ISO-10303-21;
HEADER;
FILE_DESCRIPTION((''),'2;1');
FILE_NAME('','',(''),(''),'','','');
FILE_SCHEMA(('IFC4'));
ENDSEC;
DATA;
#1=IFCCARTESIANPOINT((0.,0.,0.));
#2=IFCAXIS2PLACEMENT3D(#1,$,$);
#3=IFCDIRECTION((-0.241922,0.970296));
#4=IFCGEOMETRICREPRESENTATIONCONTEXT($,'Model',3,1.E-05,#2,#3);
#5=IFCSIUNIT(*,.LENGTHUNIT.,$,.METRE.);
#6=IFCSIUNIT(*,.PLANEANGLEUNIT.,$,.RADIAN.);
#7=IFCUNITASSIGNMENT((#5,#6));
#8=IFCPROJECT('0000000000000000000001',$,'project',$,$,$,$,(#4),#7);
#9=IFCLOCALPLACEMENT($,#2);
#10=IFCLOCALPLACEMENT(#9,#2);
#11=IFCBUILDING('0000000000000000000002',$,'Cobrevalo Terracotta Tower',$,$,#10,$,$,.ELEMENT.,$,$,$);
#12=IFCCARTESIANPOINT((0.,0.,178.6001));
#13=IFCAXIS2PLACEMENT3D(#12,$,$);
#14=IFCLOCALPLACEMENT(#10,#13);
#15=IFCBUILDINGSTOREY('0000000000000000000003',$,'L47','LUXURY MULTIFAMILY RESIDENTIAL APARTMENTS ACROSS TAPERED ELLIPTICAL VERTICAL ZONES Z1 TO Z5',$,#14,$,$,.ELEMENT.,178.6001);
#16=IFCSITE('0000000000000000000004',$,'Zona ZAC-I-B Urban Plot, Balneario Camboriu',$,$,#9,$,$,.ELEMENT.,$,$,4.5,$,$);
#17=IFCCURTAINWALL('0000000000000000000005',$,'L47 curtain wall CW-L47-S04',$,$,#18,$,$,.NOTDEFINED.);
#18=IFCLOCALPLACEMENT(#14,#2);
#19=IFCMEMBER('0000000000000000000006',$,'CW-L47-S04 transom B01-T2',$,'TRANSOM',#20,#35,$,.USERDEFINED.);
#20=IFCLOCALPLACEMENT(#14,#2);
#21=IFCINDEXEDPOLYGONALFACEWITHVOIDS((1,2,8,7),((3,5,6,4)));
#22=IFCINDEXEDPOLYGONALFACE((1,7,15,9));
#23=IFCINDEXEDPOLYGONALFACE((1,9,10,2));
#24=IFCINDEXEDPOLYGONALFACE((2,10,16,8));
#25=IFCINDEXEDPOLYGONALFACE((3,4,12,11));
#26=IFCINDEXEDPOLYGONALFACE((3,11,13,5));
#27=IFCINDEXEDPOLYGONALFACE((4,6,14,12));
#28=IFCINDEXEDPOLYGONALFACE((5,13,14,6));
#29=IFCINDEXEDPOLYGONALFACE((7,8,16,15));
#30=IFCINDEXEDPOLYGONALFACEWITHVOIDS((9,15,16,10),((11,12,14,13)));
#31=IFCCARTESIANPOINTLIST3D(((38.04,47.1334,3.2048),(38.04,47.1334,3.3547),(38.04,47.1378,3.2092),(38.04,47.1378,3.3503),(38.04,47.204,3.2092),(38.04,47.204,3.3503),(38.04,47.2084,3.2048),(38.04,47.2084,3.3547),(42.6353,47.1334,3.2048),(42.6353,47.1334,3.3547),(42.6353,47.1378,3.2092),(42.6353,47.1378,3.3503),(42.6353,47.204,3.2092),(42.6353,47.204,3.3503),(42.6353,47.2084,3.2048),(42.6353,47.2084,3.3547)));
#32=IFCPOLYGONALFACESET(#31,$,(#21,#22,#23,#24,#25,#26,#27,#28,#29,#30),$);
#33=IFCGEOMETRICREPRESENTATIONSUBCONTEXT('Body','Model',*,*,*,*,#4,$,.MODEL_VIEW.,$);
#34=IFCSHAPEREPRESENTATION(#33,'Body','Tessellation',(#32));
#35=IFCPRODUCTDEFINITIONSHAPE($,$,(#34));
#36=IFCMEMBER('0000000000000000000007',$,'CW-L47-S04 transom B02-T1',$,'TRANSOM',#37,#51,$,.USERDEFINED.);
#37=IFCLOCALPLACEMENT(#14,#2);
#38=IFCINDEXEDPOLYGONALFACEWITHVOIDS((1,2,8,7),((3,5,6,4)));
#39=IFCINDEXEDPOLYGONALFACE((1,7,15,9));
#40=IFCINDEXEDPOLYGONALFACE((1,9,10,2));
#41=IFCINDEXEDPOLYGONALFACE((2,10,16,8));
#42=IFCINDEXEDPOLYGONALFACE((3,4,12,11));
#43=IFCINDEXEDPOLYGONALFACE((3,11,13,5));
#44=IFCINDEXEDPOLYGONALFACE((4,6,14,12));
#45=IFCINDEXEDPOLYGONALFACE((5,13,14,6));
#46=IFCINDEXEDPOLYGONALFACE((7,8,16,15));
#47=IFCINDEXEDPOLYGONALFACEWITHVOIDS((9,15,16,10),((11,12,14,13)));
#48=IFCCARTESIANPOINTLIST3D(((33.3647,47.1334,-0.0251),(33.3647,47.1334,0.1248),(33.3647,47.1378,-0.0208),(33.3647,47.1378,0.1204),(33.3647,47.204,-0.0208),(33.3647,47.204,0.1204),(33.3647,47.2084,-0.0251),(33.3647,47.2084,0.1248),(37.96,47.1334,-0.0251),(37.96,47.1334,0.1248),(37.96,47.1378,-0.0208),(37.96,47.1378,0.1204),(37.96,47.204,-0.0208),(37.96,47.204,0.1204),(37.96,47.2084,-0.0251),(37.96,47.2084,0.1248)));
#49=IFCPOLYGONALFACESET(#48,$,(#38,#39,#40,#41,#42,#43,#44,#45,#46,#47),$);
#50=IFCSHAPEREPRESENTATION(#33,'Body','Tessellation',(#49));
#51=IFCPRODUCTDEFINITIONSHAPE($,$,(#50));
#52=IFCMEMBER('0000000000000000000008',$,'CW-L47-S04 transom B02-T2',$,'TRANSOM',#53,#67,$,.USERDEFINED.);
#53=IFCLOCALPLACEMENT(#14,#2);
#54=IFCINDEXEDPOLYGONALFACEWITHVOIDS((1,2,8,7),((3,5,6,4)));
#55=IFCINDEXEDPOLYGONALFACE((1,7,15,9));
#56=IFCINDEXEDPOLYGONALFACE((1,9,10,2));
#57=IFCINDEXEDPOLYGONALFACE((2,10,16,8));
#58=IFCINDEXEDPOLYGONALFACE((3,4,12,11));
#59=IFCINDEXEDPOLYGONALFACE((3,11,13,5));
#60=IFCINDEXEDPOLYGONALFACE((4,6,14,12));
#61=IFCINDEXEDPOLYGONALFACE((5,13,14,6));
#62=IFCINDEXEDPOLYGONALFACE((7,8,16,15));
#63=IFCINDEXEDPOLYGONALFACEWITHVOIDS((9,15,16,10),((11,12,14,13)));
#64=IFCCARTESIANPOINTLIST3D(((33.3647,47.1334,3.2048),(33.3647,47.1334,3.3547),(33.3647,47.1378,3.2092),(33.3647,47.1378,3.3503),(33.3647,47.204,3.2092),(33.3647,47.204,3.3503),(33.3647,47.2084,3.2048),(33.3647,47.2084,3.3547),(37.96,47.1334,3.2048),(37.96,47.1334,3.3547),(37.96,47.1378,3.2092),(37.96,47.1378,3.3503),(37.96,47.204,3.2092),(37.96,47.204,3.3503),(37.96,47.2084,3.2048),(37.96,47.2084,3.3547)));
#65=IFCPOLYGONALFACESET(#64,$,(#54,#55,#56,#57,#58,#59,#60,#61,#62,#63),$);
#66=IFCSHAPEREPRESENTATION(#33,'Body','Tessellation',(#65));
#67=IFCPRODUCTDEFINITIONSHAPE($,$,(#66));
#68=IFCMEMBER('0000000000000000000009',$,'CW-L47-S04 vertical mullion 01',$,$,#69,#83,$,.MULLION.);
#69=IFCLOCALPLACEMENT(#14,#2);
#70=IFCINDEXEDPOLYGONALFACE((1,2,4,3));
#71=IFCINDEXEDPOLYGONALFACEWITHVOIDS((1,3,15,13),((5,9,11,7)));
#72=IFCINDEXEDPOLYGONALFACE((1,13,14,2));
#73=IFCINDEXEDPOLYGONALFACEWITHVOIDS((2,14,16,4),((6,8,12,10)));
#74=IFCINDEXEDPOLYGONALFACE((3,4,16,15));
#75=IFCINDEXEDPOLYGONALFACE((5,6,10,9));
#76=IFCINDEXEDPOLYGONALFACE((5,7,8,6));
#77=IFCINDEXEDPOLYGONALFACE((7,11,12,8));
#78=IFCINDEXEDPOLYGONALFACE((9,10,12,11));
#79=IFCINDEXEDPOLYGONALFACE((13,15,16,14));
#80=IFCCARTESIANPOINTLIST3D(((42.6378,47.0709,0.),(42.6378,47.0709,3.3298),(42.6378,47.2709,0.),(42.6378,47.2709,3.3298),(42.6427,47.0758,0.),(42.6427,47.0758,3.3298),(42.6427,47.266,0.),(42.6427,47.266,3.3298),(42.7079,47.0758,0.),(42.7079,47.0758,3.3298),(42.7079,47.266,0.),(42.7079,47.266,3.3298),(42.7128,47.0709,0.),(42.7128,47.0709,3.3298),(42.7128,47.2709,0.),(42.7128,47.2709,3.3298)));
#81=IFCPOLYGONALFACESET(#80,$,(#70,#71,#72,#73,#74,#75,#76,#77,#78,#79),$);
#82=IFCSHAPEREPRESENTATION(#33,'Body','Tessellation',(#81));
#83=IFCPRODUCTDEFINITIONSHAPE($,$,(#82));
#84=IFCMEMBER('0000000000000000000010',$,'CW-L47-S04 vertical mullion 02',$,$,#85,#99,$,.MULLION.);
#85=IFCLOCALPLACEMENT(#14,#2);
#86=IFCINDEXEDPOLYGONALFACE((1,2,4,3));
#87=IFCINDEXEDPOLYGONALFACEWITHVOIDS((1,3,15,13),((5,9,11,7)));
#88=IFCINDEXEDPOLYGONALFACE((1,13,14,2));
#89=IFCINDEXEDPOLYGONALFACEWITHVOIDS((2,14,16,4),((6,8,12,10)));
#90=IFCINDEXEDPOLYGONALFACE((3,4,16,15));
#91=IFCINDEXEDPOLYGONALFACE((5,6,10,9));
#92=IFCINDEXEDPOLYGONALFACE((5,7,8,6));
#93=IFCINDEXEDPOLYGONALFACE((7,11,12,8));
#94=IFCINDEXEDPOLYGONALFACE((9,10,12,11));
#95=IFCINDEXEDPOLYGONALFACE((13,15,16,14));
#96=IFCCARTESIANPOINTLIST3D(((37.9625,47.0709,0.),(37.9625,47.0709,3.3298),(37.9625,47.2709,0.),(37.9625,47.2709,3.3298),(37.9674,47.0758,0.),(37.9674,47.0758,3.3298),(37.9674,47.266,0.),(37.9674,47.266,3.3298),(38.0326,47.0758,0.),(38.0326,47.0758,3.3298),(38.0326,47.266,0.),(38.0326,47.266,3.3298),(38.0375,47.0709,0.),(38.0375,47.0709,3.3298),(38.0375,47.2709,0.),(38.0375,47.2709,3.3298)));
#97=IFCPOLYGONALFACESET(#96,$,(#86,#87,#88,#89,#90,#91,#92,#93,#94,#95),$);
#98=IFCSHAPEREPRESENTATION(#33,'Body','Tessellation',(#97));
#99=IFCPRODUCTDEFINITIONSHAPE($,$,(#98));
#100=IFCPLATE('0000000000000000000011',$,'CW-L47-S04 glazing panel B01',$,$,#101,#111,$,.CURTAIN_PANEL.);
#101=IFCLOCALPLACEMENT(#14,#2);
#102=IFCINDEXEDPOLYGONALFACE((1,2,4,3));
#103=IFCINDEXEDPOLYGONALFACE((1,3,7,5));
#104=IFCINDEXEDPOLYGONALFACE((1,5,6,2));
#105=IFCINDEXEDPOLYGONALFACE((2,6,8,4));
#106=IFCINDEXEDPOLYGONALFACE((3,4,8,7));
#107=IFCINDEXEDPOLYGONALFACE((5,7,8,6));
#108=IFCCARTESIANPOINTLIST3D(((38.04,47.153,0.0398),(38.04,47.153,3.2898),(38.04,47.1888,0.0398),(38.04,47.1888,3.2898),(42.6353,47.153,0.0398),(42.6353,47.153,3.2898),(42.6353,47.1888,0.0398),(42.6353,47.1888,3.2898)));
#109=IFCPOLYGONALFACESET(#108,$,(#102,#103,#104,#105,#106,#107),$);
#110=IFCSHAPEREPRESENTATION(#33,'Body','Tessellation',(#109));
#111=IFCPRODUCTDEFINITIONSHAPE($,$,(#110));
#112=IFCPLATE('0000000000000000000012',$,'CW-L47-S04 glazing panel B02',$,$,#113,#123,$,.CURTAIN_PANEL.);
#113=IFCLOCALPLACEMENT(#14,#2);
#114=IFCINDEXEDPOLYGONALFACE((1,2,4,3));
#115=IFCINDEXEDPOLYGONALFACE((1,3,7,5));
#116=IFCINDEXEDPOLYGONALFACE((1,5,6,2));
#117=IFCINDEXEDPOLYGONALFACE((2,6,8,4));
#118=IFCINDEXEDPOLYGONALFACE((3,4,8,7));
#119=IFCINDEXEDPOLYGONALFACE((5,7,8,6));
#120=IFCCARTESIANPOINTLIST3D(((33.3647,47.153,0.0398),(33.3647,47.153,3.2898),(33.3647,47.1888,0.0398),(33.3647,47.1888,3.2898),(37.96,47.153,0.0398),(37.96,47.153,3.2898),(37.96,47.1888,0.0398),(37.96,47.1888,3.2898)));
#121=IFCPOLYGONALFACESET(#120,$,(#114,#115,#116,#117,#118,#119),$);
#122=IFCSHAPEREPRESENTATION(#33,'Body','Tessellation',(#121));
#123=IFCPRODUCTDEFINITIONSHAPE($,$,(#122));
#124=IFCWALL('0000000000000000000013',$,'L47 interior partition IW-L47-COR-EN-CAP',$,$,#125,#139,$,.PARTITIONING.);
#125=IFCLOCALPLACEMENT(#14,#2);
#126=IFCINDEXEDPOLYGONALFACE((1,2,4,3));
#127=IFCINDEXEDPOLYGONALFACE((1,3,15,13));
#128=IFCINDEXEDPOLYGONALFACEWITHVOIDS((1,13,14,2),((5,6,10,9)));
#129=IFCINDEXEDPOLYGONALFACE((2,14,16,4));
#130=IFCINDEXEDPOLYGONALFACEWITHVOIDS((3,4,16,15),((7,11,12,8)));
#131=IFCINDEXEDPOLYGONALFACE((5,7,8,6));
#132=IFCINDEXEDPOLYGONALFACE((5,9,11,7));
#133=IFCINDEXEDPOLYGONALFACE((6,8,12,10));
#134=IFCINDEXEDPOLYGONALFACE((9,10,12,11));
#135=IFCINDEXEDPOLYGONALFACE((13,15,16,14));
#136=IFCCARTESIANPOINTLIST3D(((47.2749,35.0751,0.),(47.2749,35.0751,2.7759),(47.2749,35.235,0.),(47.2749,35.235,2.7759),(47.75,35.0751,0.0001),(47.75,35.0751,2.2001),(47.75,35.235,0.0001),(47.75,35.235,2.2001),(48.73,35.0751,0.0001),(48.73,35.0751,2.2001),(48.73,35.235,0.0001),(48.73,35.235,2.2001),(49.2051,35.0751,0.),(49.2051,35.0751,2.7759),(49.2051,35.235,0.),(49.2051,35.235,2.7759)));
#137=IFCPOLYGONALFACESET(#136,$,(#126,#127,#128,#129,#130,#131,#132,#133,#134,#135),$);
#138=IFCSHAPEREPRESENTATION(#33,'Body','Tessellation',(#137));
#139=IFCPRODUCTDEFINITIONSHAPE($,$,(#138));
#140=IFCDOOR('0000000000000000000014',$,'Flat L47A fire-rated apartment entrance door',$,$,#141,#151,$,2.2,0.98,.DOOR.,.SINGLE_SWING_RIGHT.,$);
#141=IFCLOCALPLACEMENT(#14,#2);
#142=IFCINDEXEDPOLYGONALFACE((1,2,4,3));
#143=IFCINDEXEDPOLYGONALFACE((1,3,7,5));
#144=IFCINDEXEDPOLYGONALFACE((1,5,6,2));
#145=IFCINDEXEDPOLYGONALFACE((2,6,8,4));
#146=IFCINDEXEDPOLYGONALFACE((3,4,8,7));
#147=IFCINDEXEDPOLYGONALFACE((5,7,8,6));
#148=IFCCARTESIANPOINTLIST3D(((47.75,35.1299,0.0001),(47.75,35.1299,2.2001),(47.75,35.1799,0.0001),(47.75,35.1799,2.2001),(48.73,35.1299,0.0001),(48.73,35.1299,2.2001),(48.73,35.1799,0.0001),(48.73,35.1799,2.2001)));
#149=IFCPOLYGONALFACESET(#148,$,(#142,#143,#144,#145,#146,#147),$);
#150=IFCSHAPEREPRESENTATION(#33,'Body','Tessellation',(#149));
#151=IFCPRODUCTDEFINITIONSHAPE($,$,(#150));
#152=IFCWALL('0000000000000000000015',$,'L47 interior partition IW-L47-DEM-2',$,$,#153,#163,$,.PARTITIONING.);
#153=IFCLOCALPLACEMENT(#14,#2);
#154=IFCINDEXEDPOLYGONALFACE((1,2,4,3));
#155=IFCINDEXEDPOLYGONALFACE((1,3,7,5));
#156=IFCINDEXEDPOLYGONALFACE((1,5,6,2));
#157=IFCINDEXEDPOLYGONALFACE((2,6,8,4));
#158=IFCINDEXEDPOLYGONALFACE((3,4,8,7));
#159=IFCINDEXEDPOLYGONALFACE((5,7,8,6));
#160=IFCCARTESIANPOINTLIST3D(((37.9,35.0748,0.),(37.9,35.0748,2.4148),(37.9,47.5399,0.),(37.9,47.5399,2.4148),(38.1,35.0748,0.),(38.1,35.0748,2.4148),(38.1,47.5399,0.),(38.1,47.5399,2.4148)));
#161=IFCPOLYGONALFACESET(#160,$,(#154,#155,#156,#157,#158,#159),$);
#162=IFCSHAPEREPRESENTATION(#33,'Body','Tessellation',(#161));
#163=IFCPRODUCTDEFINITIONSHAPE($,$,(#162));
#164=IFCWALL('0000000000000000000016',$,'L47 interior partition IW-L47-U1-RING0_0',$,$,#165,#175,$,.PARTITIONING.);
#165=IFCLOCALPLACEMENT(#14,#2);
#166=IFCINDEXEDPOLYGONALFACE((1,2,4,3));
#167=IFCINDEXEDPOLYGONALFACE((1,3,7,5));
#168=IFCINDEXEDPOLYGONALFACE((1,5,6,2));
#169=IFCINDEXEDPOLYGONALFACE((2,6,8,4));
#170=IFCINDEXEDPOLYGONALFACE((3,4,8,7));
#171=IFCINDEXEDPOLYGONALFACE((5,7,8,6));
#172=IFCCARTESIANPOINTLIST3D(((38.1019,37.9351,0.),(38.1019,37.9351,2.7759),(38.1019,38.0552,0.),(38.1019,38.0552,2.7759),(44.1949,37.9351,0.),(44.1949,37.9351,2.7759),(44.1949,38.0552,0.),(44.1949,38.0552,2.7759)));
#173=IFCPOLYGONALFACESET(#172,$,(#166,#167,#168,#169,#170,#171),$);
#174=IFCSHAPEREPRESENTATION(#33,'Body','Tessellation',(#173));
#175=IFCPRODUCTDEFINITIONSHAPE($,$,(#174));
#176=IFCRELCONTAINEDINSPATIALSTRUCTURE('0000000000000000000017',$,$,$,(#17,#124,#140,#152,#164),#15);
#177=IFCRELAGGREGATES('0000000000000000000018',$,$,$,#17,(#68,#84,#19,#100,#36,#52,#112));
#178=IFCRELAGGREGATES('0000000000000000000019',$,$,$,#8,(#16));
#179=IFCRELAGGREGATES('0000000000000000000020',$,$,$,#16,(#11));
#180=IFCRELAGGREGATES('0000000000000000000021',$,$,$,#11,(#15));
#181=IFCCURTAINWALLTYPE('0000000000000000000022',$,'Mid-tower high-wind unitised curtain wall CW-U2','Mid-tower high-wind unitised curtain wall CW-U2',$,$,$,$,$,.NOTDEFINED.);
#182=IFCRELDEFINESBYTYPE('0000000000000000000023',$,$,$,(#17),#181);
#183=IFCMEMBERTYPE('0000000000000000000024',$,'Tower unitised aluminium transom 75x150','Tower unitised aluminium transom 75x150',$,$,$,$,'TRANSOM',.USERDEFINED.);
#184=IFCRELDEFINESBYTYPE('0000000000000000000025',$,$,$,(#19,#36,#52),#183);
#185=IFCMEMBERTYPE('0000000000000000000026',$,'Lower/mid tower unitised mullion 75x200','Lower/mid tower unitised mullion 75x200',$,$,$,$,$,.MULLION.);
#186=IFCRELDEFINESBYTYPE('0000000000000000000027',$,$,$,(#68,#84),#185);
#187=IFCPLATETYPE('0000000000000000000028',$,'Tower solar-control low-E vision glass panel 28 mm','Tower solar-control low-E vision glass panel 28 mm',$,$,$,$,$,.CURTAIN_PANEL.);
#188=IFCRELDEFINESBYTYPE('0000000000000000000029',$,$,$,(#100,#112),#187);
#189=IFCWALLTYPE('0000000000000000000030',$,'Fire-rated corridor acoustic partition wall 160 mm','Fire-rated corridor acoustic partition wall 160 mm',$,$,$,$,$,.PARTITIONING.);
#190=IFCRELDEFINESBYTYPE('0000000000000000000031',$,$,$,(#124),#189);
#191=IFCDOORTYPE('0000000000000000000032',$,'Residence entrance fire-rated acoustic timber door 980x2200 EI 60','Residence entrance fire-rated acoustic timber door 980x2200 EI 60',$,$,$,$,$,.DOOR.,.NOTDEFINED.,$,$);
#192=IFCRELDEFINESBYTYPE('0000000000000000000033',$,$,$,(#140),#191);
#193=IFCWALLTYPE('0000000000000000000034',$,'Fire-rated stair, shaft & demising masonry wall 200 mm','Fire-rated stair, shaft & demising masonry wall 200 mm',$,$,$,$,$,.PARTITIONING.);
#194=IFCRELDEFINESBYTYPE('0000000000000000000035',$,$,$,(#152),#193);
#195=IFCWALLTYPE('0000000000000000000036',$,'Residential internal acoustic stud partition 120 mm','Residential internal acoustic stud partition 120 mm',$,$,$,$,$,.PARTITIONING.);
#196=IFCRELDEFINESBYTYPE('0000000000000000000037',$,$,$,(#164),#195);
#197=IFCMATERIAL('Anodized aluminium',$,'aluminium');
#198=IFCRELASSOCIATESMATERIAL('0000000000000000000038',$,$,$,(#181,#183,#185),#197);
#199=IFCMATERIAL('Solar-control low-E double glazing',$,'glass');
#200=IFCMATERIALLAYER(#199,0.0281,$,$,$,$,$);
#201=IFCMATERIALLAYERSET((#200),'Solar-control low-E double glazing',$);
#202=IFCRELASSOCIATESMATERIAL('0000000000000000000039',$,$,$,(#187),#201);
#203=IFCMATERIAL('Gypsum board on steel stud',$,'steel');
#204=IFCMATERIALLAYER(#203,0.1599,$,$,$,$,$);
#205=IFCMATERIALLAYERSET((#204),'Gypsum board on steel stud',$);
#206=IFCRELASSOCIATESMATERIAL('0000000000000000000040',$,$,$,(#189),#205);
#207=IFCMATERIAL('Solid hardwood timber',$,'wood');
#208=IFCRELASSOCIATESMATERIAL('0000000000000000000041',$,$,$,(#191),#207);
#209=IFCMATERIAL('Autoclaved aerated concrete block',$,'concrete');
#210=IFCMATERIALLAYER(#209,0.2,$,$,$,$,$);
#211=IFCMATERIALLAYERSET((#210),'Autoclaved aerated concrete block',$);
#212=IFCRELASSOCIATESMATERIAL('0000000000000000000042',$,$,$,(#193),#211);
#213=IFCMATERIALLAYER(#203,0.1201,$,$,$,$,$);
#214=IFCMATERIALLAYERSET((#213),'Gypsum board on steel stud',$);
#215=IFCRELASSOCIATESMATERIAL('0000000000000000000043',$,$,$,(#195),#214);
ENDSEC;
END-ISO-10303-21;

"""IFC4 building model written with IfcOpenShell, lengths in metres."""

from ifc_helpers import new_model, si_unit, direction, frame, frame_2d, origin, origin_2d, place, context, subcontext, project, spatial, rectangle, hollow_rectangle, extrude, source, transform, mapped, material, layer, layer_set, material_profile, profile_set, type_object, element, fill, aggregate, save


model = new_model("IFC4")

# Units and contexts
model_context = context("Model", 3, precision=1e-05, world=origin(), true_north=direction((-0.241922, 0.970296)))
body_context = subcontext(model_context, "Body", "Model", "MODEL_VIEW")
ifc_project = project(units=[si_unit("LENGTHUNIT", "METRE"), si_unit("PLANEANGLEUNIT", "RADIAN")], contexts=[model_context])

# Site, building, storey
site_placement = place(None, origin())
site = spatial("IfcSite", under=ifc_project, at=site_placement, Name="Zona ZAC-I-B Urban Plot, Balneario Camboriu", CompositionType="ELEMENT", RefElevation=4.5)
building_placement = place(site_placement, origin())
building = spatial("IfcBuilding", under=site, at=building_placement, Name="Cobrevalo Terracotta Tower", CompositionType="ELEMENT")
storey_placement = place(building_placement, frame((0.0, 0.0, 178.6001)))
storey = spatial("IfcBuildingStorey", under=building, at=storey_placement, Name="L47", Description="LUXURY MULTIFAMILY RESIDENTIAL APARTMENTS ACROSS TAPERED ELLIPTICAL VERTICAL ZONES Z1 TO Z5", CompositionType="ELEMENT", Elevation=178.6001)

# Curtain wall, members, plates
ifc_material_1 = material(Name="Anodized aluminium", Category="aluminium")
curtain_wall_type = type_object("IfcCurtainWallType", Name="Mid-tower high-wind unitised curtain wall CW-U2", Description="Mid-tower high-wind unitised curtain wall CW-U2", PredefinedType="NOTDEFINED", material=ifc_material_1)
curtain_wall_placement = place(storey_placement, origin())
curtain_wall = element("IfcCurtainWall", 1, at=curtain_wall_placement, inside=storey, type_object=curtain_wall_type, Name="L47 curtain wall CW-L47-S04", PredefinedType="NOTDEFINED")
ifc_material_profile_1 = material_profile(ifc_material_1, hollow_rectangle(XDim=0.075, YDim=0.1499, WallThickness=0.0044, at=origin_2d()), Name="CWT 75x150")
ifc_profile_set_1 = profile_set([ifc_material_profile_1], Name="Anodized aluminium")
member_type_1 = type_object("IfcMemberType", Name="Tower unitised aluminium transom 75x150", Description="Tower unitised aluminium transom 75x150", ElementType="TRANSOM", PredefinedType="USERDEFINED", material=ifc_profile_set_1)
shared_shape_1 = source(origin(), body_context, "Body", "SweptSolid", [
    extrude(hollow_rectangle(XDim=0.075, YDim=0.1499, WallThickness=0.0044, at=origin_2d()), origin(), (0.0, 0.0, 1.0), 4.5952),
])
member_1_placement = place(storey_placement, frame((42.6353, 47.1709, 3.2798), z_axis=(-1.0, 0.0, 0.0), x_axis=(0.0, -1.0, 0.0)))
member_1 = element("IfcMember", 2, at=member_1_placement, type_object=member_type_1, Name="CW-L47-S04 transom B01-T2", ObjectType="TRANSOM", PredefinedType="USERDEFINED", context=body_context, shape_type="MappedRepresentation", body=[
    mapped(shared_shape_1, transform((0.0, 0.0, 0.0), scale=1.0)),
])
member_2_placement = place(storey_placement, frame((37.96, 47.1709, 0.0498), z_axis=(-1.0, 0.0, 0.0), x_axis=(0.0, -1.0, 0.0)))
member_2 = element("IfcMember", 3, at=member_2_placement, type_object=member_type_1, Name="CW-L47-S04 transom B02-T1", ObjectType="TRANSOM", PredefinedType="USERDEFINED", context=body_context, shape_type="MappedRepresentation", body=[
    mapped(shared_shape_1, transform((0.0, 0.0, 0.0), scale=1.0)),
])
member_3_placement = place(storey_placement, frame((37.96, 47.1709, 3.2798), z_axis=(-1.0, 0.0, 0.0), x_axis=(0.0, -1.0, 0.0)))
member_3 = element("IfcMember", 4, at=member_3_placement, type_object=member_type_1, Name="CW-L47-S04 transom B02-T2", ObjectType="TRANSOM", PredefinedType="USERDEFINED", context=body_context, shape_type="MappedRepresentation", body=[
    mapped(shared_shape_1, transform((0.0, 0.0, 0.0), scale=1.0)),
])
ifc_material_profile_2 = material_profile(ifc_material_1, hollow_rectangle(XDim=0.075, YDim=0.2, WallThickness=0.0049, at=origin_2d()), Name="CWM 75x200")
ifc_profile_set_2 = profile_set([ifc_material_profile_2], Name="Anodized aluminium")
member_type_2 = type_object("IfcMemberType", Name="Lower/mid tower unitised mullion 75x200", Description="Lower/mid tower unitised mullion 75x200", PredefinedType="MULLION", material=ifc_profile_set_2)
shared_shape_2 = source(origin(), body_context, "Body", "SweptSolid", [
    extrude(hollow_rectangle(XDim=0.075, YDim=0.2, WallThickness=0.0049, at=origin_2d()), origin(), (0.0, 0.0, 1.0), 3.3298),
])
member_4_placement = place(storey_placement, frame((42.6753, 47.1709, 0.0), z_axis=(0.0, 0.0, 1.0), x_axis=(-1.0, 0.0, 0.0)))
member_4 = element("IfcMember", 5, at=member_4_placement, type_object=member_type_2, Name="CW-L47-S04 vertical mullion 01", PredefinedType="MULLION", context=body_context, shape_type="MappedRepresentation", body=[
    mapped(shared_shape_2, transform((0.0, 0.0, 0.0), scale=1.0)),
])
member_5_placement = place(storey_placement, frame((38.0, 47.1709, 0.0), z_axis=(0.0, 0.0, 1.0), x_axis=(-1.0, 0.0, 0.0)))
member_5 = element("IfcMember", 6, at=member_5_placement, type_object=member_type_2, Name="CW-L47-S04 vertical mullion 02", PredefinedType="MULLION", context=body_context, shape_type="MappedRepresentation", body=[
    mapped(shared_shape_2, transform((0.0, 0.0, 0.0), scale=1.0)),
])
ifc_material_2 = material(Name="Solar-control low-E double glazing", Category="glass")
ifc_layer_1 = layer(ifc_material_2, 0.0281)
ifc_layer_set_1 = layer_set([ifc_layer_1], Name="Solar-control low-E double glazing")
plate_type = type_object("IfcPlateType", Name="Tower solar-control low-E vision glass panel 28 mm", Description="Tower solar-control low-E vision glass panel 28 mm", PredefinedType="CURTAIN_PANEL", material=ifc_layer_set_1)
shared_shape_3 = source(origin(), body_context, "Body", "SweptSolid", [
    extrude(rectangle(XDim=4.5952, YDim=0.0359, at=origin_2d()), origin(), (0.0, 0.0, 1.0), 3.25),
])
plate_1_placement = place(storey_placement, frame((40.3376, 47.1709, 0.0398), z_axis=(0.0, 0.0, 1.0), x_axis=(-1.0, 0.0, 0.0)))
plate_1 = element("IfcPlate", 7, at=plate_1_placement, type_object=plate_type, Name="CW-L47-S04 glazing panel B01", PredefinedType="CURTAIN_PANEL", context=body_context, shape_type="MappedRepresentation", body=[
    mapped(shared_shape_3, transform((0.0, 0.0, 0.0), scale=1.0)),
])
plate_2_placement = place(storey_placement, frame((35.6624, 47.1709, 0.0398), z_axis=(0.0, 0.0, 1.0), x_axis=(-1.0, 0.0, 0.0)))
plate_2 = element("IfcPlate", 8, at=plate_2_placement, type_object=plate_type, Name="CW-L47-S04 glazing panel B02", PredefinedType="CURTAIN_PANEL", context=body_context, shape_type="MappedRepresentation", body=[
    mapped(shared_shape_3, transform((0.0, 0.0, 0.0), scale=1.0)),
])
aggregate(curtain_wall, [member_4, member_5, member_1, plate_1, member_2, member_3, plate_2])

# Wall, opening, door
ifc_material_3 = material(Name="Gypsum board on steel stud", Category="steel")
ifc_layer_2 = layer(ifc_material_3, 0.1599)
ifc_layer_set_2 = layer_set([ifc_layer_2], Name="Gypsum board on steel stud")
wall_type_1 = type_object("IfcWallType", Name="Fire-rated corridor acoustic partition wall 160 mm", Description="Fire-rated corridor acoustic partition wall 160 mm", PredefinedType="PARTITIONING", material=ifc_layer_set_2)
wall_1_placement = place(storey_placement, frame((47.2749, 35.155, 0.0), z_axis=(0.0, 0.0, 1.0), x_axis=(1.0, 0.0, 0.0)))
wall_1 = element("IfcWall", 9, at=wall_1_placement, inside=storey, type_object=wall_type_1, Name="L47 interior partition IW-L47-COR-EN-CAP", PredefinedType="PARTITIONING", context=body_context, shape_type="SweptSolid", body=[
    extrude(rectangle(XDim=1.9302, YDim=0.1599, at=frame_2d((0.9651, 0.0))), origin(), (0.0, 0.0, 1.0), 2.7759),
])
opening_1_placement = place(wall_1_placement, frame((0.4751, 0.0, 0.0)))
opening_1 = element("IfcOpeningElement", 10, at=opening_1_placement, cuts=wall_1, PredefinedType="OPENING", context=body_context, shape_type="SweptSolid", body=[
    extrude(rectangle(XDim=0.98, YDim=2.2, at=frame_2d((0.49, 1.1001))), frame((0.0, 0.0898, 0.0), z_axis=(0.0, -1.0, 0.0), x_axis=(1.0, 0.0, 0.0)), (0.0, 0.0, 1.0), 0.1799),
])
ifc_material_4 = material(Name="Solid hardwood timber", Category="wood")
door_type_1 = type_object("IfcDoorType", Name="Residence entrance fire-rated acoustic timber door 980x2200 EI 60", Description="Residence entrance fire-rated acoustic timber door 980x2200 EI 60", OperationType="NOTDEFINED", PredefinedType="DOOR", material=ifc_material_4)
shared_shape_4 = source(origin(), body_context, "Body", "SweptSolid", [
    extrude(rectangle(XDim=0.98, YDim=2.2, at=frame_2d((0.49, 1.1001))), frame((0.0, 0.0249, 0.0), z_axis=(0.0, -1.0, 0.0), x_axis=(1.0, 0.0, 0.0)), (0.0, 0.0, 1.0), 0.05),
])
door_1_placement = place(opening_1_placement, origin())
door_1 = element("IfcDoor", 11, at=door_1_placement, inside=storey, type_object=door_type_1, Name="Flat L47A fire-rated apartment entrance door", OperationType="SINGLE_SWING_RIGHT", OverallHeight=2.2, OverallWidth=0.98, PredefinedType="DOOR", context=body_context, shape_type="MappedRepresentation", body=[
    mapped(shared_shape_4, transform((0.0, 0.0, 0.0), scale=1.0)),
])
fill(opening_1, door_1)

# Walls
ifc_material_5 = material(Name="Autoclaved aerated concrete block", Category="concrete")
ifc_layer_3 = layer(ifc_material_5, 0.2)
ifc_layer_set_3 = layer_set([ifc_layer_3], Name="Autoclaved aerated concrete block")
wall_type_2 = type_object("IfcWallType", Name="Fire-rated stair, shaft & demising masonry wall 200 mm", Description="Fire-rated stair, shaft & demising masonry wall 200 mm", PredefinedType="PARTITIONING", material=ifc_layer_set_3)
wall_2_placement = place(storey_placement, frame((38.0, 35.075, 0.0), z_axis=(0.0, 0.0, 1.0), x_axis=(0.0, 1.0, 0.0)))
element("IfcWall", 12, at=wall_2_placement, inside=storey, type_object=wall_type_2, Name="L47 interior partition IW-L47-DEM-2", PredefinedType="PARTITIONING", context=body_context, shape_type="SweptSolid", body=[
    extrude(rectangle(XDim=12.4651, YDim=0.2, at=frame_2d((6.2324, 0.0))), origin(), (0.0, 0.0, 1.0), 2.4148),
])
ifc_layer_4 = layer(ifc_material_3, 0.1201)
ifc_layer_set_4 = layer_set([ifc_layer_4], Name="Gypsum board on steel stud")
wall_type_3 = type_object("IfcWallType", Name="Residential internal acoustic stud partition 120 mm", Description="Residential internal acoustic stud partition 120 mm", PredefinedType="PARTITIONING", material=ifc_layer_set_4)
wall_3_placement = place(storey_placement, frame((38.1021, 37.9951, 0.0), z_axis=(0.0, 0.0, 1.0), x_axis=(1.0, 0.0, 0.0)))
element("IfcWall", 13, at=wall_3_placement, inside=storey, type_object=wall_type_3, Name="L47 interior partition IW-L47-U1-RING0_0", PredefinedType="PARTITIONING", context=body_context, shape_type="SweptSolid", body=[
    extrude(rectangle(XDim=6.093, YDim=0.1201, at=frame_2d((3.0464, 0.0))), origin(), (0.0, 0.0, 1.0), 2.7759),
])

save(model, "model.ifc")
